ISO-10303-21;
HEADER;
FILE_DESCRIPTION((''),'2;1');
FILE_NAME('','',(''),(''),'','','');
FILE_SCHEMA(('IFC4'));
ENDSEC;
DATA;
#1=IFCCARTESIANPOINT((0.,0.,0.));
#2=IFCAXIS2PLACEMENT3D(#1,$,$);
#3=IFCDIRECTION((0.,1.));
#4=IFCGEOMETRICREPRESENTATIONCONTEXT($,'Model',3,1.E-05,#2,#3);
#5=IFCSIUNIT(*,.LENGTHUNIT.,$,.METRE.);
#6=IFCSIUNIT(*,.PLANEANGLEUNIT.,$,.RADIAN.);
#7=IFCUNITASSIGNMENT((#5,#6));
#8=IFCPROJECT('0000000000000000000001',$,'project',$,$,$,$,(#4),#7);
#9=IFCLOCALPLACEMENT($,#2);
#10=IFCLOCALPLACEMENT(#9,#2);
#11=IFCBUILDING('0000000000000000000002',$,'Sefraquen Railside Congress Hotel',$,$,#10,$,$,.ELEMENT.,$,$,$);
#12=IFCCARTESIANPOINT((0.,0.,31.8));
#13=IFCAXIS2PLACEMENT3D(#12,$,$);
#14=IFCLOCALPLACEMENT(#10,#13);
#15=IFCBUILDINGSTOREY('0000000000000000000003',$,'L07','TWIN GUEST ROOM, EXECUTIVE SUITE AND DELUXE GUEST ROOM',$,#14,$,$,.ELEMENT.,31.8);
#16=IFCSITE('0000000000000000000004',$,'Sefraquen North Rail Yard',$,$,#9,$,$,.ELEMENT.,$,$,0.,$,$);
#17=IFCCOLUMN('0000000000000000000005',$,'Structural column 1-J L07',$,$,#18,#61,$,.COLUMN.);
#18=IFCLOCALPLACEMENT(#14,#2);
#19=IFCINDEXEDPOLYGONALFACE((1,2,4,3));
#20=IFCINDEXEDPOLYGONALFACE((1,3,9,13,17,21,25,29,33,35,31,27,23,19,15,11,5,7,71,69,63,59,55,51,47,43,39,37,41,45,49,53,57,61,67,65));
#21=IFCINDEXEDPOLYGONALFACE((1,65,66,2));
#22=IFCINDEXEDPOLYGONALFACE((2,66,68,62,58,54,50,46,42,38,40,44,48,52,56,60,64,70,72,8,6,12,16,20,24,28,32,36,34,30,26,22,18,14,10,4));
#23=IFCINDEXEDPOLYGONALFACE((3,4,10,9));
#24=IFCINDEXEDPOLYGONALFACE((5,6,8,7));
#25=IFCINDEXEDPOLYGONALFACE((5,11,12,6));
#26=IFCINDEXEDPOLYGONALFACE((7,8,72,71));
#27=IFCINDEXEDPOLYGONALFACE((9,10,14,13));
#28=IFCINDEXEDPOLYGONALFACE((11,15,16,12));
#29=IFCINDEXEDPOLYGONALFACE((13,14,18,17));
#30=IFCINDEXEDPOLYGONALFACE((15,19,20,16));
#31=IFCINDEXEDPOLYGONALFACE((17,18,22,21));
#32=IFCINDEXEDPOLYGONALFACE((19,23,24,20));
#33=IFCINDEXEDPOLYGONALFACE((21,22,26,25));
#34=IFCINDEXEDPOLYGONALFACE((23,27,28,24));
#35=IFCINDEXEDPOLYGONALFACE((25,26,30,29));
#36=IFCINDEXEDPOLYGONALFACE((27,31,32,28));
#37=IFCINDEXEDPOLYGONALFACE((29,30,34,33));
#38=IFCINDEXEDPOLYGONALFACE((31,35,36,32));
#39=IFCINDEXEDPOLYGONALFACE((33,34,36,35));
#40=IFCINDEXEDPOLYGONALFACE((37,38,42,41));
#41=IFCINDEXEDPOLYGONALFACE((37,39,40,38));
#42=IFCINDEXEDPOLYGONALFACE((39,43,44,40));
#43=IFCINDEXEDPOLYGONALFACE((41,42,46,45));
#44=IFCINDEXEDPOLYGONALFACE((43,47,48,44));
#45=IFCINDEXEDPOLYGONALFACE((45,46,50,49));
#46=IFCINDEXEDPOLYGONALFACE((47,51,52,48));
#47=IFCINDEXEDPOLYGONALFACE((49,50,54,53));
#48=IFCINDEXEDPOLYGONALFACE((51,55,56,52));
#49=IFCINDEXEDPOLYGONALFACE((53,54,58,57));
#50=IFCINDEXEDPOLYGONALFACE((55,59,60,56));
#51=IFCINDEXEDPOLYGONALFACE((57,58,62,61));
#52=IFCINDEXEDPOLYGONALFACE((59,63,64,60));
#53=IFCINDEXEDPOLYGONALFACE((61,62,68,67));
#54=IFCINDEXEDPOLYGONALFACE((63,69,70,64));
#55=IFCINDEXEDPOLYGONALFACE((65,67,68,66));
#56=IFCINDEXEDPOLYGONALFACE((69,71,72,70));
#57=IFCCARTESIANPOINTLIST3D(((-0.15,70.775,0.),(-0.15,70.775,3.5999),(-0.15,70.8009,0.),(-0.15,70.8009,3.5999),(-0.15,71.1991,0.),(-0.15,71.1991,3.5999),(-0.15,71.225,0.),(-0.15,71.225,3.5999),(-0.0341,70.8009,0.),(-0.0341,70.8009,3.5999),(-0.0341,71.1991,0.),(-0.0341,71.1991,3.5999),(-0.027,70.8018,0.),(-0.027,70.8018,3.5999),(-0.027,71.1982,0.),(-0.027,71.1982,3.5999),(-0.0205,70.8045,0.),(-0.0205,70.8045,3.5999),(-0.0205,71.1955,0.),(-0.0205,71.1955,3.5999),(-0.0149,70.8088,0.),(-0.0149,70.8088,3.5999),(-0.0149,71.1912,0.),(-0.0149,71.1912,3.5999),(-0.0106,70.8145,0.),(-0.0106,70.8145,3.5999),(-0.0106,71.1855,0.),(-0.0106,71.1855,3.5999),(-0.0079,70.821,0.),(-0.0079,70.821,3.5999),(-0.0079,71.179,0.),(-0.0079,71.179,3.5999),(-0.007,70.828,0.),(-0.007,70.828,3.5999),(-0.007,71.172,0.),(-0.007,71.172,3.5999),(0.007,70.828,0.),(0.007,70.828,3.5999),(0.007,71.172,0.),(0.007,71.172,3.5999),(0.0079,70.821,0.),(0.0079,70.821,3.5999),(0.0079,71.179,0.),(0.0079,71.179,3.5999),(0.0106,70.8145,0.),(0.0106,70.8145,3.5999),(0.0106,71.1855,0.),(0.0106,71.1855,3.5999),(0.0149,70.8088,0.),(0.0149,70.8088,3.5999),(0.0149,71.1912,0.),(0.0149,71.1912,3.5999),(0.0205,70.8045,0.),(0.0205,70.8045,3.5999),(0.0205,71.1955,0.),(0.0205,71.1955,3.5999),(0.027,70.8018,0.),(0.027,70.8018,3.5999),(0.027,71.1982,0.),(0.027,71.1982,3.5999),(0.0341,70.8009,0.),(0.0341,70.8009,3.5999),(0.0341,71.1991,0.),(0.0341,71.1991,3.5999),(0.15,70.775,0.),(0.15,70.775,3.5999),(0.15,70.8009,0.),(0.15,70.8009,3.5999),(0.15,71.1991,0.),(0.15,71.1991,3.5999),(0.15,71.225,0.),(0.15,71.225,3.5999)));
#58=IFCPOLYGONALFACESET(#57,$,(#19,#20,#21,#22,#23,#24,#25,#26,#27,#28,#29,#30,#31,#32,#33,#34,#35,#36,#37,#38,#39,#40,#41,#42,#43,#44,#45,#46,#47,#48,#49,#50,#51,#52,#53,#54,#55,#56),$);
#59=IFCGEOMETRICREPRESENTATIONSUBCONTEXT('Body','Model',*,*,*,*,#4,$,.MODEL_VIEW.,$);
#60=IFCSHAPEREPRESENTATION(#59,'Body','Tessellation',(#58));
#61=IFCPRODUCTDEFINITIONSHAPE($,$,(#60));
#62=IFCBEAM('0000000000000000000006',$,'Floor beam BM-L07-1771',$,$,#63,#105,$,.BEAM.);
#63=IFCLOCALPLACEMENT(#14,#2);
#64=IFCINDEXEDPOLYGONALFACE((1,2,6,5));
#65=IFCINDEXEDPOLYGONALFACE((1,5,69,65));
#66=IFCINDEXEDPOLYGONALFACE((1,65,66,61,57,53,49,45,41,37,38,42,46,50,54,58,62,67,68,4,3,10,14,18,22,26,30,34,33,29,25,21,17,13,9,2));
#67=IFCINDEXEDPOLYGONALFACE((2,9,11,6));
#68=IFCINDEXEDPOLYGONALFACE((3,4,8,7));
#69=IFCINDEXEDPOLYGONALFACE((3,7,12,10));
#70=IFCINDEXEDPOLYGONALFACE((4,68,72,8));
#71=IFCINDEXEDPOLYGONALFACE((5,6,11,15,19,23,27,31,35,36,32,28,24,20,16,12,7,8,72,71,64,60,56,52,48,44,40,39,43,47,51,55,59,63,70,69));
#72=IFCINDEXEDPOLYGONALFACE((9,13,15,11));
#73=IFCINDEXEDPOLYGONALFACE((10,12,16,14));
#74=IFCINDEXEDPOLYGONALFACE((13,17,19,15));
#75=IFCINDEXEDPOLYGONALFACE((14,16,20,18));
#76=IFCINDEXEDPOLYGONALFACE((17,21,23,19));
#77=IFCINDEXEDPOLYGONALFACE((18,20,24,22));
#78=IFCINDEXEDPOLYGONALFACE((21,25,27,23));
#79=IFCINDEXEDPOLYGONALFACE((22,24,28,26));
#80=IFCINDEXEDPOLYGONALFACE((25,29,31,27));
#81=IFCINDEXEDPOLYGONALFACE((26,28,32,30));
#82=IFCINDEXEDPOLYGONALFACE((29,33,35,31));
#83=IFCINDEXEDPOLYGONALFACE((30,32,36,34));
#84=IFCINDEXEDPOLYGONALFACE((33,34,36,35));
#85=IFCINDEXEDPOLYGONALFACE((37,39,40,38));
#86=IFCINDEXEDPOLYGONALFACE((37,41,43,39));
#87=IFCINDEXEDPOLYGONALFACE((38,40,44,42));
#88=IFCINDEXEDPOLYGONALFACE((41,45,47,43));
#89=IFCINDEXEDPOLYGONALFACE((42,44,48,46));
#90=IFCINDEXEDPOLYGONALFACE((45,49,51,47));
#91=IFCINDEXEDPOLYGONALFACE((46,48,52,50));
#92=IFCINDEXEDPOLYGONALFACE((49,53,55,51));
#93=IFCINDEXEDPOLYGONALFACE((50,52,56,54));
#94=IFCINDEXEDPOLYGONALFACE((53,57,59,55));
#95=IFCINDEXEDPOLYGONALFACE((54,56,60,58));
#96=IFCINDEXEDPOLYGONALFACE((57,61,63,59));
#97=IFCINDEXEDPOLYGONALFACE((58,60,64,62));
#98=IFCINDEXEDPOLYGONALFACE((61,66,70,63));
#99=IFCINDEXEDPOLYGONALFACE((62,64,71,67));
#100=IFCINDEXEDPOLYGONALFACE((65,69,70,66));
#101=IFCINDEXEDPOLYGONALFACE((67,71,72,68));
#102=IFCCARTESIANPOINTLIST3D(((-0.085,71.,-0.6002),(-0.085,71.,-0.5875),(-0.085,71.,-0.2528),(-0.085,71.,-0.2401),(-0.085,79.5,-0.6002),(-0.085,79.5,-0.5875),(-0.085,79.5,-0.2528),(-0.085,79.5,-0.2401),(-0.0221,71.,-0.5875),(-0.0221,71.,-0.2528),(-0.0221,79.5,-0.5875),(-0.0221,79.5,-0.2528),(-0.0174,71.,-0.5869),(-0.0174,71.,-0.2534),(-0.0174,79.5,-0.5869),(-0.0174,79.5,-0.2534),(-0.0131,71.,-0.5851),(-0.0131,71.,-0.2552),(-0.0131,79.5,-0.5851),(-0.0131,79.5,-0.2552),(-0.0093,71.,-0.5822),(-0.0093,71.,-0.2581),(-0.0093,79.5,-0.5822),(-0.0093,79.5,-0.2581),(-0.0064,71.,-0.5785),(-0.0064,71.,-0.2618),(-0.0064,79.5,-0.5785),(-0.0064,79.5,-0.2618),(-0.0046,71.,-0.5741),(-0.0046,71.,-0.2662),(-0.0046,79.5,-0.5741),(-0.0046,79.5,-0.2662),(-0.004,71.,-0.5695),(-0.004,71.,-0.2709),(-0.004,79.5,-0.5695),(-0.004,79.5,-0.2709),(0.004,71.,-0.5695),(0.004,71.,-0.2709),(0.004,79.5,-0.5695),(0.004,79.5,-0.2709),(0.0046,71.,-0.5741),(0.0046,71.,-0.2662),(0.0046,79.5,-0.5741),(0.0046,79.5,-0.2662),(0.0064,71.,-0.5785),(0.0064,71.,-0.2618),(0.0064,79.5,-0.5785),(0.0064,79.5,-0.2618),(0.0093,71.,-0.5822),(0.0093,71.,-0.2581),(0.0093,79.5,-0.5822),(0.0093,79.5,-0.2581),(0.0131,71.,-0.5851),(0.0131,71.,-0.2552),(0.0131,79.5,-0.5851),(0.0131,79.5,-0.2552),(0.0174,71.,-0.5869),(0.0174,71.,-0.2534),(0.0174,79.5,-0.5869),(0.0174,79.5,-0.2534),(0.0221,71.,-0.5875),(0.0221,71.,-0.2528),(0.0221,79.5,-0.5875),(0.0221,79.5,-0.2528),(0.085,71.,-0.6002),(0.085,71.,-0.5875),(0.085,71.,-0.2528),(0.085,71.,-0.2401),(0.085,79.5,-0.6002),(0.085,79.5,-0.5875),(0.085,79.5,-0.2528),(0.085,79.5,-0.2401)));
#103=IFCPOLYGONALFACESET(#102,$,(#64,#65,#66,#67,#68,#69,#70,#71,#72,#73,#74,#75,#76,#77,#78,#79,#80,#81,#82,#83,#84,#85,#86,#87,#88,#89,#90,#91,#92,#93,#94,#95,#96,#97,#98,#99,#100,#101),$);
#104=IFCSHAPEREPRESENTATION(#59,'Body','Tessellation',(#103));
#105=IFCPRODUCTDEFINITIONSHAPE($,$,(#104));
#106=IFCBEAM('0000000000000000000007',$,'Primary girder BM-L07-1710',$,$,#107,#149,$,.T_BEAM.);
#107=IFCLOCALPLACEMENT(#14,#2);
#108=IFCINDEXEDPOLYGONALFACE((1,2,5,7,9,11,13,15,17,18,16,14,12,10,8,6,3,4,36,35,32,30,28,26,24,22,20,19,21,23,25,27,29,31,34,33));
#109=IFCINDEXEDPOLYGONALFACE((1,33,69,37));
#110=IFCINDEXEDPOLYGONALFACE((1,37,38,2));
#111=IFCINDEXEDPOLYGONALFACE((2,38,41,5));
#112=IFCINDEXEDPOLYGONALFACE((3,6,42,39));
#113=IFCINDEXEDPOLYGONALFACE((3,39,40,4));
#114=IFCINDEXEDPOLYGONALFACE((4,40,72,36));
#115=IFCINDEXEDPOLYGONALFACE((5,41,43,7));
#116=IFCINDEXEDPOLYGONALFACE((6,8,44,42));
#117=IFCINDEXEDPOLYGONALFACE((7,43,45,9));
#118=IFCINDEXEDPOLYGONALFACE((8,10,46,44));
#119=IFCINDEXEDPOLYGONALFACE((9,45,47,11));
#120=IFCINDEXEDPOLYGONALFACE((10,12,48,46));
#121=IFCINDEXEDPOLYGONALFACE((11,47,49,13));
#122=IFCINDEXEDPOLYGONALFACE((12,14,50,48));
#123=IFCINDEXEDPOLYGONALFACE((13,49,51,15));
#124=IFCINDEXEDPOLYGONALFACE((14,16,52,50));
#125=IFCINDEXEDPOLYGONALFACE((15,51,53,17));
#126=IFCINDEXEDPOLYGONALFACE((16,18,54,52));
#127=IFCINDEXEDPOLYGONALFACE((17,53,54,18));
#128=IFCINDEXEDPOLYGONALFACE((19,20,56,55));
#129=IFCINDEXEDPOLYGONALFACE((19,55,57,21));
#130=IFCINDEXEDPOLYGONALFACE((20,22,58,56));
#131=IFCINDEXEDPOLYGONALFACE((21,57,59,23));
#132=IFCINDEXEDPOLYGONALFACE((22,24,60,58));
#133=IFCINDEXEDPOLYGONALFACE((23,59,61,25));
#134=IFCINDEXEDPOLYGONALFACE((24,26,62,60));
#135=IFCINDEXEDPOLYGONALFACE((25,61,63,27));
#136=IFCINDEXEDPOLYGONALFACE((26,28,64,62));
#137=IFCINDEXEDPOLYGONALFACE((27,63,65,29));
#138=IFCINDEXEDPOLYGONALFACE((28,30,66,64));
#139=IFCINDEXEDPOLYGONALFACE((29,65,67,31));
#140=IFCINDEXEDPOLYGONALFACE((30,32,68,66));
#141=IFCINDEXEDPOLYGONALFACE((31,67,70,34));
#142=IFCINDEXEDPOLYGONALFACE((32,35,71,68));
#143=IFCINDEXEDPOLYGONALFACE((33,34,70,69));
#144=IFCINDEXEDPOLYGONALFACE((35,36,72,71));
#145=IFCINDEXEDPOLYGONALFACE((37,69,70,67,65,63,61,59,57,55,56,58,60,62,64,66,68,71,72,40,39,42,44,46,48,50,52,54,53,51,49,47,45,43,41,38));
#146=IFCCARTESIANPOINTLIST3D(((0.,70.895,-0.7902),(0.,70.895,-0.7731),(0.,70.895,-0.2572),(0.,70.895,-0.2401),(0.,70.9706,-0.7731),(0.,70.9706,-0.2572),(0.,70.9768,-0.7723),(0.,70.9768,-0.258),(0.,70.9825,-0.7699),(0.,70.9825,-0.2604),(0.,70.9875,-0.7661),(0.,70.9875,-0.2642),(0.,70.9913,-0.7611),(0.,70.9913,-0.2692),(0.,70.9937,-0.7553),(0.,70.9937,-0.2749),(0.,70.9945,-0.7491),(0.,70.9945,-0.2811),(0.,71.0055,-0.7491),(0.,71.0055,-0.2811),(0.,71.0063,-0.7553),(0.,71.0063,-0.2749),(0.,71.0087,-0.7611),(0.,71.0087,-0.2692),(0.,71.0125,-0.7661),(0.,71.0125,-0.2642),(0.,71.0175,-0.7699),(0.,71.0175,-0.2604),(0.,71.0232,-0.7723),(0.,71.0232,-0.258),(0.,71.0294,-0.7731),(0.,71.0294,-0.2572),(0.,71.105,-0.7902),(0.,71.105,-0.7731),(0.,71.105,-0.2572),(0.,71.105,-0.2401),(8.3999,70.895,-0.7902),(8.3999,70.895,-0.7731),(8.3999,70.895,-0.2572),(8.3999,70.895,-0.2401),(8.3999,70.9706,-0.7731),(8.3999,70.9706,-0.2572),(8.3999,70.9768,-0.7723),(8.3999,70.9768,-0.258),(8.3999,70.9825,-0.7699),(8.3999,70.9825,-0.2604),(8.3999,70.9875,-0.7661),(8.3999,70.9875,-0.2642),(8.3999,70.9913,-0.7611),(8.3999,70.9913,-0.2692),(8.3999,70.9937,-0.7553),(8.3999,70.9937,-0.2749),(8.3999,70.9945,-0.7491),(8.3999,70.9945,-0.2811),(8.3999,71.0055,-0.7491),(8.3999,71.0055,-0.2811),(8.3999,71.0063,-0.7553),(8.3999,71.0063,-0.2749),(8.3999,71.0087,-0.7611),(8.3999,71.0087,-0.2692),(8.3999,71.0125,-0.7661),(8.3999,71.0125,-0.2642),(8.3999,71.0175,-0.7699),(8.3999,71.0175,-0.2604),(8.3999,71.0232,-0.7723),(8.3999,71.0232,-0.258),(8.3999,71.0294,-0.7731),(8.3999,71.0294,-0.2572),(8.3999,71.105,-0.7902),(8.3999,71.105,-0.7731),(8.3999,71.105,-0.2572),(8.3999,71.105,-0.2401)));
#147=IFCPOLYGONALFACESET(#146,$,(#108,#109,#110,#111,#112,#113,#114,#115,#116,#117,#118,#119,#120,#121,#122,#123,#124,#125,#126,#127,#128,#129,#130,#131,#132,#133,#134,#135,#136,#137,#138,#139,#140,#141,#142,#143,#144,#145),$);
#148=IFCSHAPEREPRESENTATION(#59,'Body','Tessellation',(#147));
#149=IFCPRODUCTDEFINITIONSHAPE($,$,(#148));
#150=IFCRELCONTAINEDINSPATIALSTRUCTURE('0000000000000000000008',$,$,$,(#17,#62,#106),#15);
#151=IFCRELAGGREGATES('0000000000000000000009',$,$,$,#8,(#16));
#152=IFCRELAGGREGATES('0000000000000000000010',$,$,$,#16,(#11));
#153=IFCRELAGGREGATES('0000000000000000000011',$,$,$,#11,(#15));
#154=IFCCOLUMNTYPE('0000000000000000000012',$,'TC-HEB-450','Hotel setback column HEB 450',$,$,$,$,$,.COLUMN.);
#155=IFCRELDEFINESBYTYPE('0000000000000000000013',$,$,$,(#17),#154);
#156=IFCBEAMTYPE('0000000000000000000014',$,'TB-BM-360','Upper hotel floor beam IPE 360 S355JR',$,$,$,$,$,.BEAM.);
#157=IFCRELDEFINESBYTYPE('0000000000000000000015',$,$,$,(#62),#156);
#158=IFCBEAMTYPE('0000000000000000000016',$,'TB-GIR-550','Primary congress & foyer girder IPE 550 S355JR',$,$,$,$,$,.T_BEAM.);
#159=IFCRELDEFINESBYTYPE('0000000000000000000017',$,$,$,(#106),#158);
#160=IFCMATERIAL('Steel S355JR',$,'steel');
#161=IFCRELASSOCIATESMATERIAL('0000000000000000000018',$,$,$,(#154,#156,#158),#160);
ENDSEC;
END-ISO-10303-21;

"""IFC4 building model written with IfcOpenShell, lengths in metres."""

from ifc_helpers import new_model, si_unit, direction, frame, origin, origin_2d, place, context, subcontext, project, spatial, i_section, extrude, material, material_profile, profile_set, type_object, element, save


model = new_model("IFC4")

# Units and contexts
model_context = context("Model", 3, precision=1e-05, world=origin(), true_north=direction((0.0, 1.0)))
body_context = subcontext(model_context, "Body", "Model", "MODEL_VIEW")
ifc_project = project(units=[si_unit("LENGTHUNIT", "METRE"), si_unit("PLANEANGLEUNIT", "RADIAN")], contexts=[model_context])

# Site, building, storey
site_placement = place(None, origin())
site = spatial("IfcSite", under=ifc_project, at=site_placement, Name="Sefraquen North Rail Yard", CompositionType="ELEMENT", RefElevation=0.0)
building_placement = place(site_placement, origin())
building = spatial("IfcBuilding", under=site, at=building_placement, Name="Sefraquen Railside Congress Hotel", CompositionType="ELEMENT")
storey_placement = place(building_placement, frame((0.0, 0.0, 31.8)))
storey = spatial("IfcBuildingStorey", under=building, at=storey_placement, Name="L07", Description="TWIN GUEST ROOM, EXECUTIVE SUITE AND DELUXE GUEST ROOM", CompositionType="ELEMENT", Elevation=31.8)

# Column
ifc_material_1 = material(Name="Steel S355JR", Category="steel")
ifc_material_profile_1 = material_profile(ifc_material_1, i_section(OverallWidth=0.3, OverallDepth=0.45, WebThickness=0.0139, FlangeThickness=0.0259, FilletRadius=0.0271, at=origin_2d()), Name="HEB 450")
ifc_profile_set_1 = profile_set([ifc_material_profile_1], Name="Steel S355JR")
column_type = type_object("IfcColumnType", Name="TC-HEB-450", Description="Hotel setback column HEB 450", PredefinedType="COLUMN", material=ifc_profile_set_1)
column_placement = place(storey_placement, frame((0.0, 71.0, 0.0), z_axis=(0.0, 0.0, 1.0), x_axis=(1.0, 0.0, 0.0)))
element("IfcColumn", 1, at=column_placement, inside=storey, type_object=column_type, Name="Structural column 1-J L07", PredefinedType="COLUMN", context=body_context, shape_type="SweptSolid", body=[
    extrude(i_section(OverallWidth=0.3, OverallDepth=0.45, WebThickness=0.0139, FlangeThickness=0.0259, FilletRadius=0.0271, at=origin_2d()), origin(), (0.0, 0.0, 1.0), 3.5999),
])

# Beams
ifc_material_profile_2 = material_profile(ifc_material_1, i_section(OverallWidth=0.1699, OverallDepth=0.3601, WebThickness=0.0081, FlangeThickness=0.0127, FilletRadius=0.0181, at=origin_2d()), Name="IPE 360")
ifc_profile_set_2 = profile_set([ifc_material_profile_2], Name="Steel S355JR")
beam_type_1 = type_object("IfcBeamType", Name="TB-BM-360", Description="Upper hotel floor beam IPE 360 S355JR", PredefinedType="BEAM", material=ifc_profile_set_2)
beam_1_placement = place(storey_placement, frame((0.0, 71.0, -0.4202), z_axis=(0.0, 1.0, 0.0), x_axis=(-1.0, 0.0, 0.0)))
element("IfcBeam", 2, at=beam_1_placement, inside=storey, type_object=beam_type_1, Name="Floor beam BM-L07-1771", PredefinedType="BEAM", context=body_context, shape_type="SweptSolid", body=[
    extrude(i_section(OverallWidth=0.1699, OverallDepth=0.3601, WebThickness=0.0081, FlangeThickness=0.0127, FilletRadius=0.0181, at=origin_2d()), origin(), (0.0, 0.0, 1.0), 8.5),
])
ifc_material_profile_3 = material_profile(ifc_material_1, i_section(OverallWidth=0.21, OverallDepth=0.55, WebThickness=0.011, FlangeThickness=0.0171, FilletRadius=0.0239, at=origin_2d()), Name="IPE 550")
ifc_profile_set_3 = profile_set([ifc_material_profile_3], Name="Steel S355JR")
beam_type_2 = type_object("IfcBeamType", Name="TB-GIR-550", Description="Primary congress & foyer girder IPE 550 S355JR", PredefinedType="T_BEAM", material=ifc_profile_set_3)
beam_2_placement = place(storey_placement, frame((0.0, 71.0, -0.5151), z_axis=(1.0, 0.0, 0.0), x_axis=(0.0, 1.0, 0.0)))
element("IfcBeam", 3, at=beam_2_placement, inside=storey, type_object=beam_type_2, Name="Primary girder BM-L07-1710", PredefinedType="T_BEAM", context=body_context, shape_type="SweptSolid", body=[
    extrude(i_section(OverallWidth=0.21, OverallDepth=0.55, WebThickness=0.011, FlangeThickness=0.0171, FilletRadius=0.0239, at=origin_2d()), origin(), (0.0, 0.0, 1.0), 8.3999),
])

save(model, "model.ifc")
